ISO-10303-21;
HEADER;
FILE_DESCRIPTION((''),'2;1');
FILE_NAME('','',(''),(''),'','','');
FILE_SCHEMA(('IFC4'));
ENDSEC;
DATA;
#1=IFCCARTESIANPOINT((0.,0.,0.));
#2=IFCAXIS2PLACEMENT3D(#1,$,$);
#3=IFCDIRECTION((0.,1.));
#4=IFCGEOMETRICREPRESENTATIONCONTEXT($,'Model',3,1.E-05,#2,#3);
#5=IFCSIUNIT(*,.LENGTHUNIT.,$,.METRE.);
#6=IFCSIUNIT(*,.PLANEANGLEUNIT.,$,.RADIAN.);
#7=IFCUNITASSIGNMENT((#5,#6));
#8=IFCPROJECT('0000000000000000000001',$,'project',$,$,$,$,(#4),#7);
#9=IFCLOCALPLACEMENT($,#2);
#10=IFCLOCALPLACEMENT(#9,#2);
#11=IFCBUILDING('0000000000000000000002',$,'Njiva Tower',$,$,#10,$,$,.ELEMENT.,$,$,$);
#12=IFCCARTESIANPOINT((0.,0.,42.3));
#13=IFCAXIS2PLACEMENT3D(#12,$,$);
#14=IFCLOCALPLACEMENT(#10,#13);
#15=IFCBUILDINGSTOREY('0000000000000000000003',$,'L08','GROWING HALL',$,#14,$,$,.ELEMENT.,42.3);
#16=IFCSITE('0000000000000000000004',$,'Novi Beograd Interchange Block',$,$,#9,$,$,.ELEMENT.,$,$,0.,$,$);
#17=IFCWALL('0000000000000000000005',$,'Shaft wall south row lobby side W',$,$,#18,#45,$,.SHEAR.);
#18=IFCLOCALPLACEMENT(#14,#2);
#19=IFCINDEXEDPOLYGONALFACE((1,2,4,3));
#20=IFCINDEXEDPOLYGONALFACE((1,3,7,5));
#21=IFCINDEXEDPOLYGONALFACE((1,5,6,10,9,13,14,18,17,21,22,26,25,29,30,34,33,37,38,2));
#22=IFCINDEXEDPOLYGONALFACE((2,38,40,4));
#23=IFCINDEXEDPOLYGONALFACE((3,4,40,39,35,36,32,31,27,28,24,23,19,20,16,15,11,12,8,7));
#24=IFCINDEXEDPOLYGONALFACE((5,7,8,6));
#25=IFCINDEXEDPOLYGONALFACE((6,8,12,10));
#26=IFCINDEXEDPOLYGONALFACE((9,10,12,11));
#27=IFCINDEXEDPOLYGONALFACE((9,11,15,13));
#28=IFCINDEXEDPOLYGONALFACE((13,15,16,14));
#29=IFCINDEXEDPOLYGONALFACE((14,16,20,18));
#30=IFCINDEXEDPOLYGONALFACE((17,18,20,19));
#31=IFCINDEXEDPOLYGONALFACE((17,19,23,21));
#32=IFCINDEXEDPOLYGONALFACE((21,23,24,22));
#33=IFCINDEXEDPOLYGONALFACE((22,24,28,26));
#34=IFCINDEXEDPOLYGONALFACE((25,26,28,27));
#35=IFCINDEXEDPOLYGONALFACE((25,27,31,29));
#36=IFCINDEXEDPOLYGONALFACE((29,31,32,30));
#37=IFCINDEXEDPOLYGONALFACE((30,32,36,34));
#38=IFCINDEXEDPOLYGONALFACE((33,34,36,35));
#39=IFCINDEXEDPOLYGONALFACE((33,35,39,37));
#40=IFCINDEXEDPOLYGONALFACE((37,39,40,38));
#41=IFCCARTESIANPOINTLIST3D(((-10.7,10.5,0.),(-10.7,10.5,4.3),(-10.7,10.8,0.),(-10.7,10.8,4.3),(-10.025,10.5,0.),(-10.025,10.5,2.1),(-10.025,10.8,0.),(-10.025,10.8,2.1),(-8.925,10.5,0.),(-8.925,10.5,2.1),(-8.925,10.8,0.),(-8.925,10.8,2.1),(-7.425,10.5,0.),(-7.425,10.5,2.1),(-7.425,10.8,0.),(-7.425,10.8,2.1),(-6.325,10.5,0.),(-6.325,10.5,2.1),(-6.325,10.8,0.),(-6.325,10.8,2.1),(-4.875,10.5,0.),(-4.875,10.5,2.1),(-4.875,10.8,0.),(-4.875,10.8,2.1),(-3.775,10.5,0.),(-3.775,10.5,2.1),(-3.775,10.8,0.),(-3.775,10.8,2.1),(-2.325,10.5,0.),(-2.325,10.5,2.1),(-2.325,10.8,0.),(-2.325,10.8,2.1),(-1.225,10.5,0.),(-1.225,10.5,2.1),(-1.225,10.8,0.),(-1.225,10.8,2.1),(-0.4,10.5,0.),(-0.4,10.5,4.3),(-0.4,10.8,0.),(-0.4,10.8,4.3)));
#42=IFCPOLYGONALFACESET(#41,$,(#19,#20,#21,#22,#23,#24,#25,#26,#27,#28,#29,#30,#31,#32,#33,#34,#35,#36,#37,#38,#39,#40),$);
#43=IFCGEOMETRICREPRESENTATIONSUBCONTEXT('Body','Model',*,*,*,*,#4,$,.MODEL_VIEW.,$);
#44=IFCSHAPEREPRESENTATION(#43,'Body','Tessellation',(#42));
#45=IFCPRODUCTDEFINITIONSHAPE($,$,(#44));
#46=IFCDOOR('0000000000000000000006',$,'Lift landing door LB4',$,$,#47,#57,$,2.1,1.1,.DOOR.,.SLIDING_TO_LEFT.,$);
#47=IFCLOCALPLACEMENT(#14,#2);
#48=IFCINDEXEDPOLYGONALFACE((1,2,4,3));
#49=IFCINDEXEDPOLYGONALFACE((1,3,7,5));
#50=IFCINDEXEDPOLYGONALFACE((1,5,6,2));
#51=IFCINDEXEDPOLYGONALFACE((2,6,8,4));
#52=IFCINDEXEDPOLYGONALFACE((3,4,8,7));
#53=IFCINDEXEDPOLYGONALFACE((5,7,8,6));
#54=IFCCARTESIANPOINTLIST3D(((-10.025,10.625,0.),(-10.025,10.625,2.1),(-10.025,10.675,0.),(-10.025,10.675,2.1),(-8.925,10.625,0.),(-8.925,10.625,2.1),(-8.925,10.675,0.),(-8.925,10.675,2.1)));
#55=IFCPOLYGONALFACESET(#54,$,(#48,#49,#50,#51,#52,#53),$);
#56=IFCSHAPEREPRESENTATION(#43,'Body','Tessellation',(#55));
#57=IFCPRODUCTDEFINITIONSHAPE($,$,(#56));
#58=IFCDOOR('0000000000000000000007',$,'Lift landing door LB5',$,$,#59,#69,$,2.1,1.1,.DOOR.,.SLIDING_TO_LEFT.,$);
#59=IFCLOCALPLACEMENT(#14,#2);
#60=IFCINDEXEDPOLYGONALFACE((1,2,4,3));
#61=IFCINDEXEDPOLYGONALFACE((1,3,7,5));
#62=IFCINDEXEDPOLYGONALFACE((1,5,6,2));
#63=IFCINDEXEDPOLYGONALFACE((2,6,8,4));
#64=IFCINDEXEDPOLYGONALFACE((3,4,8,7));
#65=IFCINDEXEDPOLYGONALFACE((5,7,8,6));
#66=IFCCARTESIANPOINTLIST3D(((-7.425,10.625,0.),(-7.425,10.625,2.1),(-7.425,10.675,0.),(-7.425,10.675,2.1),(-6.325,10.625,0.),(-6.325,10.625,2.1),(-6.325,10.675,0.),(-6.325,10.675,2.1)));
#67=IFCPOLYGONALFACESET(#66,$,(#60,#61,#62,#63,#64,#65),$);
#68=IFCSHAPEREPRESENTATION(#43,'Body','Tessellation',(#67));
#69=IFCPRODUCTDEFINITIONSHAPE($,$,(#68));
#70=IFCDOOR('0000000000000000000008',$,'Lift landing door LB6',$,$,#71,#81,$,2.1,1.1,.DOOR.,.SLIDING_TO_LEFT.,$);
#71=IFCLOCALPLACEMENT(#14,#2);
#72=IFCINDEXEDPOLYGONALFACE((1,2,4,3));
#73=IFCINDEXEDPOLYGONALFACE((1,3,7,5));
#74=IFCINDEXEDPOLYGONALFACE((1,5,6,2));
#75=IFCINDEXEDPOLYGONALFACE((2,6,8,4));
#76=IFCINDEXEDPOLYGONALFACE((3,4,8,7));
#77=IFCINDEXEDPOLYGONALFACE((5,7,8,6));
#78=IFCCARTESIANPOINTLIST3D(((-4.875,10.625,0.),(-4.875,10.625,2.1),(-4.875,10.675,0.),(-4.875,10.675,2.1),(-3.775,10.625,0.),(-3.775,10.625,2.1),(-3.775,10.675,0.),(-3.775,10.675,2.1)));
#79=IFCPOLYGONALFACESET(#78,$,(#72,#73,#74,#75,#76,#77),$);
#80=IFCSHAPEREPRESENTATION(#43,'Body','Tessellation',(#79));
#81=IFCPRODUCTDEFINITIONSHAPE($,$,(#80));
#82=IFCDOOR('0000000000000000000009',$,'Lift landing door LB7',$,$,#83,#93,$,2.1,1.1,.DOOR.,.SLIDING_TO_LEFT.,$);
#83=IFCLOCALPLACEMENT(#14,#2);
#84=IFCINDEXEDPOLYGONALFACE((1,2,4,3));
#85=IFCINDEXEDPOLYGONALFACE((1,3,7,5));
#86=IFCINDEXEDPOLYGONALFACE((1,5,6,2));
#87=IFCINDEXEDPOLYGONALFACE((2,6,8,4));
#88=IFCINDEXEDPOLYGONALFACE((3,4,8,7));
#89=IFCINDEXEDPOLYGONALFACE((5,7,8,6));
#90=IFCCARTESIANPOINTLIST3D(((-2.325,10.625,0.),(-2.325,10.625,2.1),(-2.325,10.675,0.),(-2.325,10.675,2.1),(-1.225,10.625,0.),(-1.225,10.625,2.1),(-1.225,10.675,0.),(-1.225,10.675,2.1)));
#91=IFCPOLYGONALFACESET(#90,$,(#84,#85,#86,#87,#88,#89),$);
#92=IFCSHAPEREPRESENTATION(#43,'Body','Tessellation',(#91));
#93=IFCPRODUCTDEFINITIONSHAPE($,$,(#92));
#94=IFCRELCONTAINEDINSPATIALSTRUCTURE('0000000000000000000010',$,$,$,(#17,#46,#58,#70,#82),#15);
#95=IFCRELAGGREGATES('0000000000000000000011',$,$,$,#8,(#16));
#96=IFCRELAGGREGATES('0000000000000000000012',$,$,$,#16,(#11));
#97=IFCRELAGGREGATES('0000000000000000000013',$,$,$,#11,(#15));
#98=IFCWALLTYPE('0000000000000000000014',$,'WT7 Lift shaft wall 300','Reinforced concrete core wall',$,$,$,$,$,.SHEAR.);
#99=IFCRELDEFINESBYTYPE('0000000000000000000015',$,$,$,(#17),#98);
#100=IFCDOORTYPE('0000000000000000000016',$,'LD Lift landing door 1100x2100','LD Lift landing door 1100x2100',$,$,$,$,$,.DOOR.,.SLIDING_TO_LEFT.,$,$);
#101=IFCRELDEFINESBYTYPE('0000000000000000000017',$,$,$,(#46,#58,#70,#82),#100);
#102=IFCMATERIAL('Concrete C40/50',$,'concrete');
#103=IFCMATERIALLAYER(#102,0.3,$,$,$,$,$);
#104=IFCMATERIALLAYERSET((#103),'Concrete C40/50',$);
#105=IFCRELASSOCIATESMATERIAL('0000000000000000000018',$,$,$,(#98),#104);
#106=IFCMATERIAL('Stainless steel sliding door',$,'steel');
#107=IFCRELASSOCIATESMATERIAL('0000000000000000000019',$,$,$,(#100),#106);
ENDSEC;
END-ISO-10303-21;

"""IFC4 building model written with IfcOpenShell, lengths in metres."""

from ifc_helpers import new_model, si_unit, direction, frame, frame_2d, origin, place, context, subcontext, project, spatial, rectangle, extrude, material, layer, layer_set, type_object, element, fill, save


model = new_model("IFC4")

# Units and contexts
model_context = context("Model", 3, precision=1e-05, world=origin(), true_north=direction((0.0, 1.0)))
body_context = subcontext(model_context, "Body", "Model", "MODEL_VIEW")
ifc_project = project(units=[si_unit("LENGTHUNIT", "METRE"), si_unit("PLANEANGLEUNIT", "RADIAN")], contexts=[model_context])

# Site, building, storey
site_placement = place(None, origin())
site = spatial("IfcSite", under=ifc_project, at=site_placement, Name="Novi Beograd Interchange Block", CompositionType="ELEMENT", RefElevation=0.0)
building_placement = place(site_placement, origin())
building = spatial("IfcBuilding", under=site, at=building_placement, Name="Njiva Tower", CompositionType="ELEMENT")
storey_placement = place(building_placement, frame((0.0, 0.0, 42.3)))
storey = spatial("IfcBuildingStorey", under=building, at=storey_placement, Name="L08", Description="GROWING HALL", CompositionType="ELEMENT", Elevation=42.3)

# Shared definitions
ifc_material_1 = material(Name="Concrete C40/50", Category="concrete")

# Wall, openings, doors
ifc_layer_1 = layer(ifc_material_1, 0.3)
ifc_layer_set_1 = layer_set([ifc_layer_1], Name="Concrete C40/50")
wall_type_1 = type_object("IfcWallType", Name="WT7 Lift shaft wall 300", Description="Reinforced concrete core wall", PredefinedType="SHEAR", material=ifc_layer_set_1)
ifc_material_2 = material(Name="Stainless steel sliding door", Category="steel")
door_type_1 = type_object("IfcDoorType", Name="LD Lift landing door 1100x2100", Description="LD Lift landing door 1100x2100", OperationType="SLIDING_TO_LEFT", PredefinedType="DOOR", material=ifc_material_2)
wall_1_placement = place(storey_placement, frame((-10.7, 10.65, 0.0), z_axis=(0.0, 0.0, 1.0), x_axis=(1.0, 0.0, 0.0)))
wall_1 = element("IfcWall", 1, at=wall_1_placement, inside=storey, type_object=wall_type_1, Name="Shaft wall south row lobby side W", PredefinedType="SHEAR", context=body_context, shape_type="SweptSolid", body=[
    extrude(rectangle(XDim=10.3, YDim=0.3, at=frame_2d((5.15, 0.0))), origin(), (0.0, 0.0, 1.0), 4.3),
])
opening_1_placement = place(wall_1_placement, frame((0.675, 0.0, 0.0)))
opening_1 = element("IfcOpeningElement", 2, at=opening_1_placement, cuts=wall_1, PredefinedType="OPENING", context=body_context, shape_type="SweptSolid", body=[
    extrude(rectangle(XDim=1.1, YDim=2.1, at=frame_2d((0.55, 1.05))), frame((0.0, 0.16, 0.0), z_axis=(0.0, -1.0, 0.0), x_axis=(1.0, 0.0, 0.0)), (0.0, 0.0, 1.0), 0.32),
])
opening_2_placement = place(wall_1_placement, frame((3.275, 0.0, 0.0)))
opening_2 = element("IfcOpeningElement", 3, at=opening_2_placement, cuts=wall_1, PredefinedType="OPENING", context=body_context, shape_type="SweptSolid", body=[
    extrude(rectangle(XDim=1.1, YDim=2.1, at=frame_2d((0.55, 1.05))), frame((0.0, 0.16, 0.0), z_axis=(0.0, -1.0, 0.0), x_axis=(1.0, 0.0, 0.0)), (0.0, 0.0, 1.0), 0.32),
])
opening_3_placement = place(wall_1_placement, frame((5.825, 0.0, 0.0)))
opening_3 = element("IfcOpeningElement", 4, at=opening_3_placement, cuts=wall_1, PredefinedType="OPENING", context=body_context, shape_type="SweptSolid", body=[
    extrude(rectangle(XDim=1.1, YDim=2.1, at=frame_2d((0.55, 1.05))), frame((0.0, 0.16, 0.0), z_axis=(0.0, -1.0, 0.0), x_axis=(1.0, 0.0, 0.0)), (0.0, 0.0, 1.0), 0.32),
])
opening_4_placement = place(wall_1_placement, frame((8.375, 0.0, 0.0)))
opening_4 = element("IfcOpeningElement", 5, at=opening_4_placement, cuts=wall_1, PredefinedType="OPENING", context=body_context, shape_type="SweptSolid", body=[
    extrude(rectangle(XDim=1.1, YDim=2.1, at=frame_2d((0.55, 1.05))), frame((0.0, 0.16, 0.0), z_axis=(0.0, -1.0, 0.0), x_axis=(1.0, 0.0, 0.0)), (0.0, 0.0, 1.0), 0.32),
])
door_1_placement = place(opening_1_placement, origin())
door_1 = element("IfcDoor", 6, at=door_1_placement, inside=storey, type_object=door_type_1, Name="Lift landing door LB4", OperationType="SLIDING_TO_LEFT", OverallHeight=2.1, OverallWidth=1.1, PredefinedType="DOOR", context=body_context, shape_type="SweptSolid", body=[
    extrude(rectangle(XDim=1.1, YDim=2.1, at=frame_2d((0.55, 1.05))), frame((0.0, 0.025, 0.0), z_axis=(0.0, -1.0, 0.0), x_axis=(1.0, 0.0, 0.0)), (0.0, 0.0, 1.0), 0.05),
])
fill(opening_1, door_1)
door_2_placement = place(opening_2_placement, origin())
door_2 = element("IfcDoor", 7, at=door_2_placement, inside=storey, type_object=door_type_1, Name="Lift landing door LB5", OperationType="SLIDING_TO_LEFT", OverallHeight=2.1, OverallWidth=1.1, PredefinedType="DOOR", context=body_context, shape_type="SweptSolid", body=[
    extrude(rectangle(XDim=1.1, YDim=2.1, at=frame_2d((0.55, 1.05))), frame((0.0, 0.025, 0.0), z_axis=(0.0, -1.0, 0.0), x_axis=(1.0, 0.0, 0.0)), (0.0, 0.0, 1.0), 0.05),
])
fill(opening_2, door_2)
door_3_placement = place(opening_3_placement, origin())
door_3 = element("IfcDoor", 8, at=door_3_placement, inside=storey, type_object=door_type_1, Name="Lift landing door LB6", OperationType="SLIDING_TO_LEFT", OverallHeight=2.1, OverallWidth=1.1, PredefinedType="DOOR", context=body_context, shape_type="SweptSolid", body=[
    extrude(rectangle(XDim=1.1, YDim=2.1, at=frame_2d((0.55, 1.05))), frame((0.0, 0.025, 0.0), z_axis=(0.0, -1.0, 0.0), x_axis=(1.0, 0.0, 0.0)), (0.0, 0.0, 1.0), 0.05),
])
fill(opening_3, door_3)
door_4_placement = place(opening_4_placement, origin())
door_4 = element("IfcDoor", 9, at=door_4_placement, inside=storey, type_object=door_type_1, Name="Lift landing door LB7", OperationType="SLIDING_TO_LEFT", OverallHeight=2.1, OverallWidth=1.1, PredefinedType="DOOR", context=body_context, shape_type="SweptSolid", body=[
    extrude(rectangle(XDim=1.1, YDim=2.1, at=frame_2d((0.55, 1.05))), frame((0.0, 0.025, 0.0), z_axis=(0.0, -1.0, 0.0), x_axis=(1.0, 0.0, 0.0)), (0.0, 0.0, 1.0), 0.05),
])
fill(opening_4, door_4)

save(model, "model.ifc")
